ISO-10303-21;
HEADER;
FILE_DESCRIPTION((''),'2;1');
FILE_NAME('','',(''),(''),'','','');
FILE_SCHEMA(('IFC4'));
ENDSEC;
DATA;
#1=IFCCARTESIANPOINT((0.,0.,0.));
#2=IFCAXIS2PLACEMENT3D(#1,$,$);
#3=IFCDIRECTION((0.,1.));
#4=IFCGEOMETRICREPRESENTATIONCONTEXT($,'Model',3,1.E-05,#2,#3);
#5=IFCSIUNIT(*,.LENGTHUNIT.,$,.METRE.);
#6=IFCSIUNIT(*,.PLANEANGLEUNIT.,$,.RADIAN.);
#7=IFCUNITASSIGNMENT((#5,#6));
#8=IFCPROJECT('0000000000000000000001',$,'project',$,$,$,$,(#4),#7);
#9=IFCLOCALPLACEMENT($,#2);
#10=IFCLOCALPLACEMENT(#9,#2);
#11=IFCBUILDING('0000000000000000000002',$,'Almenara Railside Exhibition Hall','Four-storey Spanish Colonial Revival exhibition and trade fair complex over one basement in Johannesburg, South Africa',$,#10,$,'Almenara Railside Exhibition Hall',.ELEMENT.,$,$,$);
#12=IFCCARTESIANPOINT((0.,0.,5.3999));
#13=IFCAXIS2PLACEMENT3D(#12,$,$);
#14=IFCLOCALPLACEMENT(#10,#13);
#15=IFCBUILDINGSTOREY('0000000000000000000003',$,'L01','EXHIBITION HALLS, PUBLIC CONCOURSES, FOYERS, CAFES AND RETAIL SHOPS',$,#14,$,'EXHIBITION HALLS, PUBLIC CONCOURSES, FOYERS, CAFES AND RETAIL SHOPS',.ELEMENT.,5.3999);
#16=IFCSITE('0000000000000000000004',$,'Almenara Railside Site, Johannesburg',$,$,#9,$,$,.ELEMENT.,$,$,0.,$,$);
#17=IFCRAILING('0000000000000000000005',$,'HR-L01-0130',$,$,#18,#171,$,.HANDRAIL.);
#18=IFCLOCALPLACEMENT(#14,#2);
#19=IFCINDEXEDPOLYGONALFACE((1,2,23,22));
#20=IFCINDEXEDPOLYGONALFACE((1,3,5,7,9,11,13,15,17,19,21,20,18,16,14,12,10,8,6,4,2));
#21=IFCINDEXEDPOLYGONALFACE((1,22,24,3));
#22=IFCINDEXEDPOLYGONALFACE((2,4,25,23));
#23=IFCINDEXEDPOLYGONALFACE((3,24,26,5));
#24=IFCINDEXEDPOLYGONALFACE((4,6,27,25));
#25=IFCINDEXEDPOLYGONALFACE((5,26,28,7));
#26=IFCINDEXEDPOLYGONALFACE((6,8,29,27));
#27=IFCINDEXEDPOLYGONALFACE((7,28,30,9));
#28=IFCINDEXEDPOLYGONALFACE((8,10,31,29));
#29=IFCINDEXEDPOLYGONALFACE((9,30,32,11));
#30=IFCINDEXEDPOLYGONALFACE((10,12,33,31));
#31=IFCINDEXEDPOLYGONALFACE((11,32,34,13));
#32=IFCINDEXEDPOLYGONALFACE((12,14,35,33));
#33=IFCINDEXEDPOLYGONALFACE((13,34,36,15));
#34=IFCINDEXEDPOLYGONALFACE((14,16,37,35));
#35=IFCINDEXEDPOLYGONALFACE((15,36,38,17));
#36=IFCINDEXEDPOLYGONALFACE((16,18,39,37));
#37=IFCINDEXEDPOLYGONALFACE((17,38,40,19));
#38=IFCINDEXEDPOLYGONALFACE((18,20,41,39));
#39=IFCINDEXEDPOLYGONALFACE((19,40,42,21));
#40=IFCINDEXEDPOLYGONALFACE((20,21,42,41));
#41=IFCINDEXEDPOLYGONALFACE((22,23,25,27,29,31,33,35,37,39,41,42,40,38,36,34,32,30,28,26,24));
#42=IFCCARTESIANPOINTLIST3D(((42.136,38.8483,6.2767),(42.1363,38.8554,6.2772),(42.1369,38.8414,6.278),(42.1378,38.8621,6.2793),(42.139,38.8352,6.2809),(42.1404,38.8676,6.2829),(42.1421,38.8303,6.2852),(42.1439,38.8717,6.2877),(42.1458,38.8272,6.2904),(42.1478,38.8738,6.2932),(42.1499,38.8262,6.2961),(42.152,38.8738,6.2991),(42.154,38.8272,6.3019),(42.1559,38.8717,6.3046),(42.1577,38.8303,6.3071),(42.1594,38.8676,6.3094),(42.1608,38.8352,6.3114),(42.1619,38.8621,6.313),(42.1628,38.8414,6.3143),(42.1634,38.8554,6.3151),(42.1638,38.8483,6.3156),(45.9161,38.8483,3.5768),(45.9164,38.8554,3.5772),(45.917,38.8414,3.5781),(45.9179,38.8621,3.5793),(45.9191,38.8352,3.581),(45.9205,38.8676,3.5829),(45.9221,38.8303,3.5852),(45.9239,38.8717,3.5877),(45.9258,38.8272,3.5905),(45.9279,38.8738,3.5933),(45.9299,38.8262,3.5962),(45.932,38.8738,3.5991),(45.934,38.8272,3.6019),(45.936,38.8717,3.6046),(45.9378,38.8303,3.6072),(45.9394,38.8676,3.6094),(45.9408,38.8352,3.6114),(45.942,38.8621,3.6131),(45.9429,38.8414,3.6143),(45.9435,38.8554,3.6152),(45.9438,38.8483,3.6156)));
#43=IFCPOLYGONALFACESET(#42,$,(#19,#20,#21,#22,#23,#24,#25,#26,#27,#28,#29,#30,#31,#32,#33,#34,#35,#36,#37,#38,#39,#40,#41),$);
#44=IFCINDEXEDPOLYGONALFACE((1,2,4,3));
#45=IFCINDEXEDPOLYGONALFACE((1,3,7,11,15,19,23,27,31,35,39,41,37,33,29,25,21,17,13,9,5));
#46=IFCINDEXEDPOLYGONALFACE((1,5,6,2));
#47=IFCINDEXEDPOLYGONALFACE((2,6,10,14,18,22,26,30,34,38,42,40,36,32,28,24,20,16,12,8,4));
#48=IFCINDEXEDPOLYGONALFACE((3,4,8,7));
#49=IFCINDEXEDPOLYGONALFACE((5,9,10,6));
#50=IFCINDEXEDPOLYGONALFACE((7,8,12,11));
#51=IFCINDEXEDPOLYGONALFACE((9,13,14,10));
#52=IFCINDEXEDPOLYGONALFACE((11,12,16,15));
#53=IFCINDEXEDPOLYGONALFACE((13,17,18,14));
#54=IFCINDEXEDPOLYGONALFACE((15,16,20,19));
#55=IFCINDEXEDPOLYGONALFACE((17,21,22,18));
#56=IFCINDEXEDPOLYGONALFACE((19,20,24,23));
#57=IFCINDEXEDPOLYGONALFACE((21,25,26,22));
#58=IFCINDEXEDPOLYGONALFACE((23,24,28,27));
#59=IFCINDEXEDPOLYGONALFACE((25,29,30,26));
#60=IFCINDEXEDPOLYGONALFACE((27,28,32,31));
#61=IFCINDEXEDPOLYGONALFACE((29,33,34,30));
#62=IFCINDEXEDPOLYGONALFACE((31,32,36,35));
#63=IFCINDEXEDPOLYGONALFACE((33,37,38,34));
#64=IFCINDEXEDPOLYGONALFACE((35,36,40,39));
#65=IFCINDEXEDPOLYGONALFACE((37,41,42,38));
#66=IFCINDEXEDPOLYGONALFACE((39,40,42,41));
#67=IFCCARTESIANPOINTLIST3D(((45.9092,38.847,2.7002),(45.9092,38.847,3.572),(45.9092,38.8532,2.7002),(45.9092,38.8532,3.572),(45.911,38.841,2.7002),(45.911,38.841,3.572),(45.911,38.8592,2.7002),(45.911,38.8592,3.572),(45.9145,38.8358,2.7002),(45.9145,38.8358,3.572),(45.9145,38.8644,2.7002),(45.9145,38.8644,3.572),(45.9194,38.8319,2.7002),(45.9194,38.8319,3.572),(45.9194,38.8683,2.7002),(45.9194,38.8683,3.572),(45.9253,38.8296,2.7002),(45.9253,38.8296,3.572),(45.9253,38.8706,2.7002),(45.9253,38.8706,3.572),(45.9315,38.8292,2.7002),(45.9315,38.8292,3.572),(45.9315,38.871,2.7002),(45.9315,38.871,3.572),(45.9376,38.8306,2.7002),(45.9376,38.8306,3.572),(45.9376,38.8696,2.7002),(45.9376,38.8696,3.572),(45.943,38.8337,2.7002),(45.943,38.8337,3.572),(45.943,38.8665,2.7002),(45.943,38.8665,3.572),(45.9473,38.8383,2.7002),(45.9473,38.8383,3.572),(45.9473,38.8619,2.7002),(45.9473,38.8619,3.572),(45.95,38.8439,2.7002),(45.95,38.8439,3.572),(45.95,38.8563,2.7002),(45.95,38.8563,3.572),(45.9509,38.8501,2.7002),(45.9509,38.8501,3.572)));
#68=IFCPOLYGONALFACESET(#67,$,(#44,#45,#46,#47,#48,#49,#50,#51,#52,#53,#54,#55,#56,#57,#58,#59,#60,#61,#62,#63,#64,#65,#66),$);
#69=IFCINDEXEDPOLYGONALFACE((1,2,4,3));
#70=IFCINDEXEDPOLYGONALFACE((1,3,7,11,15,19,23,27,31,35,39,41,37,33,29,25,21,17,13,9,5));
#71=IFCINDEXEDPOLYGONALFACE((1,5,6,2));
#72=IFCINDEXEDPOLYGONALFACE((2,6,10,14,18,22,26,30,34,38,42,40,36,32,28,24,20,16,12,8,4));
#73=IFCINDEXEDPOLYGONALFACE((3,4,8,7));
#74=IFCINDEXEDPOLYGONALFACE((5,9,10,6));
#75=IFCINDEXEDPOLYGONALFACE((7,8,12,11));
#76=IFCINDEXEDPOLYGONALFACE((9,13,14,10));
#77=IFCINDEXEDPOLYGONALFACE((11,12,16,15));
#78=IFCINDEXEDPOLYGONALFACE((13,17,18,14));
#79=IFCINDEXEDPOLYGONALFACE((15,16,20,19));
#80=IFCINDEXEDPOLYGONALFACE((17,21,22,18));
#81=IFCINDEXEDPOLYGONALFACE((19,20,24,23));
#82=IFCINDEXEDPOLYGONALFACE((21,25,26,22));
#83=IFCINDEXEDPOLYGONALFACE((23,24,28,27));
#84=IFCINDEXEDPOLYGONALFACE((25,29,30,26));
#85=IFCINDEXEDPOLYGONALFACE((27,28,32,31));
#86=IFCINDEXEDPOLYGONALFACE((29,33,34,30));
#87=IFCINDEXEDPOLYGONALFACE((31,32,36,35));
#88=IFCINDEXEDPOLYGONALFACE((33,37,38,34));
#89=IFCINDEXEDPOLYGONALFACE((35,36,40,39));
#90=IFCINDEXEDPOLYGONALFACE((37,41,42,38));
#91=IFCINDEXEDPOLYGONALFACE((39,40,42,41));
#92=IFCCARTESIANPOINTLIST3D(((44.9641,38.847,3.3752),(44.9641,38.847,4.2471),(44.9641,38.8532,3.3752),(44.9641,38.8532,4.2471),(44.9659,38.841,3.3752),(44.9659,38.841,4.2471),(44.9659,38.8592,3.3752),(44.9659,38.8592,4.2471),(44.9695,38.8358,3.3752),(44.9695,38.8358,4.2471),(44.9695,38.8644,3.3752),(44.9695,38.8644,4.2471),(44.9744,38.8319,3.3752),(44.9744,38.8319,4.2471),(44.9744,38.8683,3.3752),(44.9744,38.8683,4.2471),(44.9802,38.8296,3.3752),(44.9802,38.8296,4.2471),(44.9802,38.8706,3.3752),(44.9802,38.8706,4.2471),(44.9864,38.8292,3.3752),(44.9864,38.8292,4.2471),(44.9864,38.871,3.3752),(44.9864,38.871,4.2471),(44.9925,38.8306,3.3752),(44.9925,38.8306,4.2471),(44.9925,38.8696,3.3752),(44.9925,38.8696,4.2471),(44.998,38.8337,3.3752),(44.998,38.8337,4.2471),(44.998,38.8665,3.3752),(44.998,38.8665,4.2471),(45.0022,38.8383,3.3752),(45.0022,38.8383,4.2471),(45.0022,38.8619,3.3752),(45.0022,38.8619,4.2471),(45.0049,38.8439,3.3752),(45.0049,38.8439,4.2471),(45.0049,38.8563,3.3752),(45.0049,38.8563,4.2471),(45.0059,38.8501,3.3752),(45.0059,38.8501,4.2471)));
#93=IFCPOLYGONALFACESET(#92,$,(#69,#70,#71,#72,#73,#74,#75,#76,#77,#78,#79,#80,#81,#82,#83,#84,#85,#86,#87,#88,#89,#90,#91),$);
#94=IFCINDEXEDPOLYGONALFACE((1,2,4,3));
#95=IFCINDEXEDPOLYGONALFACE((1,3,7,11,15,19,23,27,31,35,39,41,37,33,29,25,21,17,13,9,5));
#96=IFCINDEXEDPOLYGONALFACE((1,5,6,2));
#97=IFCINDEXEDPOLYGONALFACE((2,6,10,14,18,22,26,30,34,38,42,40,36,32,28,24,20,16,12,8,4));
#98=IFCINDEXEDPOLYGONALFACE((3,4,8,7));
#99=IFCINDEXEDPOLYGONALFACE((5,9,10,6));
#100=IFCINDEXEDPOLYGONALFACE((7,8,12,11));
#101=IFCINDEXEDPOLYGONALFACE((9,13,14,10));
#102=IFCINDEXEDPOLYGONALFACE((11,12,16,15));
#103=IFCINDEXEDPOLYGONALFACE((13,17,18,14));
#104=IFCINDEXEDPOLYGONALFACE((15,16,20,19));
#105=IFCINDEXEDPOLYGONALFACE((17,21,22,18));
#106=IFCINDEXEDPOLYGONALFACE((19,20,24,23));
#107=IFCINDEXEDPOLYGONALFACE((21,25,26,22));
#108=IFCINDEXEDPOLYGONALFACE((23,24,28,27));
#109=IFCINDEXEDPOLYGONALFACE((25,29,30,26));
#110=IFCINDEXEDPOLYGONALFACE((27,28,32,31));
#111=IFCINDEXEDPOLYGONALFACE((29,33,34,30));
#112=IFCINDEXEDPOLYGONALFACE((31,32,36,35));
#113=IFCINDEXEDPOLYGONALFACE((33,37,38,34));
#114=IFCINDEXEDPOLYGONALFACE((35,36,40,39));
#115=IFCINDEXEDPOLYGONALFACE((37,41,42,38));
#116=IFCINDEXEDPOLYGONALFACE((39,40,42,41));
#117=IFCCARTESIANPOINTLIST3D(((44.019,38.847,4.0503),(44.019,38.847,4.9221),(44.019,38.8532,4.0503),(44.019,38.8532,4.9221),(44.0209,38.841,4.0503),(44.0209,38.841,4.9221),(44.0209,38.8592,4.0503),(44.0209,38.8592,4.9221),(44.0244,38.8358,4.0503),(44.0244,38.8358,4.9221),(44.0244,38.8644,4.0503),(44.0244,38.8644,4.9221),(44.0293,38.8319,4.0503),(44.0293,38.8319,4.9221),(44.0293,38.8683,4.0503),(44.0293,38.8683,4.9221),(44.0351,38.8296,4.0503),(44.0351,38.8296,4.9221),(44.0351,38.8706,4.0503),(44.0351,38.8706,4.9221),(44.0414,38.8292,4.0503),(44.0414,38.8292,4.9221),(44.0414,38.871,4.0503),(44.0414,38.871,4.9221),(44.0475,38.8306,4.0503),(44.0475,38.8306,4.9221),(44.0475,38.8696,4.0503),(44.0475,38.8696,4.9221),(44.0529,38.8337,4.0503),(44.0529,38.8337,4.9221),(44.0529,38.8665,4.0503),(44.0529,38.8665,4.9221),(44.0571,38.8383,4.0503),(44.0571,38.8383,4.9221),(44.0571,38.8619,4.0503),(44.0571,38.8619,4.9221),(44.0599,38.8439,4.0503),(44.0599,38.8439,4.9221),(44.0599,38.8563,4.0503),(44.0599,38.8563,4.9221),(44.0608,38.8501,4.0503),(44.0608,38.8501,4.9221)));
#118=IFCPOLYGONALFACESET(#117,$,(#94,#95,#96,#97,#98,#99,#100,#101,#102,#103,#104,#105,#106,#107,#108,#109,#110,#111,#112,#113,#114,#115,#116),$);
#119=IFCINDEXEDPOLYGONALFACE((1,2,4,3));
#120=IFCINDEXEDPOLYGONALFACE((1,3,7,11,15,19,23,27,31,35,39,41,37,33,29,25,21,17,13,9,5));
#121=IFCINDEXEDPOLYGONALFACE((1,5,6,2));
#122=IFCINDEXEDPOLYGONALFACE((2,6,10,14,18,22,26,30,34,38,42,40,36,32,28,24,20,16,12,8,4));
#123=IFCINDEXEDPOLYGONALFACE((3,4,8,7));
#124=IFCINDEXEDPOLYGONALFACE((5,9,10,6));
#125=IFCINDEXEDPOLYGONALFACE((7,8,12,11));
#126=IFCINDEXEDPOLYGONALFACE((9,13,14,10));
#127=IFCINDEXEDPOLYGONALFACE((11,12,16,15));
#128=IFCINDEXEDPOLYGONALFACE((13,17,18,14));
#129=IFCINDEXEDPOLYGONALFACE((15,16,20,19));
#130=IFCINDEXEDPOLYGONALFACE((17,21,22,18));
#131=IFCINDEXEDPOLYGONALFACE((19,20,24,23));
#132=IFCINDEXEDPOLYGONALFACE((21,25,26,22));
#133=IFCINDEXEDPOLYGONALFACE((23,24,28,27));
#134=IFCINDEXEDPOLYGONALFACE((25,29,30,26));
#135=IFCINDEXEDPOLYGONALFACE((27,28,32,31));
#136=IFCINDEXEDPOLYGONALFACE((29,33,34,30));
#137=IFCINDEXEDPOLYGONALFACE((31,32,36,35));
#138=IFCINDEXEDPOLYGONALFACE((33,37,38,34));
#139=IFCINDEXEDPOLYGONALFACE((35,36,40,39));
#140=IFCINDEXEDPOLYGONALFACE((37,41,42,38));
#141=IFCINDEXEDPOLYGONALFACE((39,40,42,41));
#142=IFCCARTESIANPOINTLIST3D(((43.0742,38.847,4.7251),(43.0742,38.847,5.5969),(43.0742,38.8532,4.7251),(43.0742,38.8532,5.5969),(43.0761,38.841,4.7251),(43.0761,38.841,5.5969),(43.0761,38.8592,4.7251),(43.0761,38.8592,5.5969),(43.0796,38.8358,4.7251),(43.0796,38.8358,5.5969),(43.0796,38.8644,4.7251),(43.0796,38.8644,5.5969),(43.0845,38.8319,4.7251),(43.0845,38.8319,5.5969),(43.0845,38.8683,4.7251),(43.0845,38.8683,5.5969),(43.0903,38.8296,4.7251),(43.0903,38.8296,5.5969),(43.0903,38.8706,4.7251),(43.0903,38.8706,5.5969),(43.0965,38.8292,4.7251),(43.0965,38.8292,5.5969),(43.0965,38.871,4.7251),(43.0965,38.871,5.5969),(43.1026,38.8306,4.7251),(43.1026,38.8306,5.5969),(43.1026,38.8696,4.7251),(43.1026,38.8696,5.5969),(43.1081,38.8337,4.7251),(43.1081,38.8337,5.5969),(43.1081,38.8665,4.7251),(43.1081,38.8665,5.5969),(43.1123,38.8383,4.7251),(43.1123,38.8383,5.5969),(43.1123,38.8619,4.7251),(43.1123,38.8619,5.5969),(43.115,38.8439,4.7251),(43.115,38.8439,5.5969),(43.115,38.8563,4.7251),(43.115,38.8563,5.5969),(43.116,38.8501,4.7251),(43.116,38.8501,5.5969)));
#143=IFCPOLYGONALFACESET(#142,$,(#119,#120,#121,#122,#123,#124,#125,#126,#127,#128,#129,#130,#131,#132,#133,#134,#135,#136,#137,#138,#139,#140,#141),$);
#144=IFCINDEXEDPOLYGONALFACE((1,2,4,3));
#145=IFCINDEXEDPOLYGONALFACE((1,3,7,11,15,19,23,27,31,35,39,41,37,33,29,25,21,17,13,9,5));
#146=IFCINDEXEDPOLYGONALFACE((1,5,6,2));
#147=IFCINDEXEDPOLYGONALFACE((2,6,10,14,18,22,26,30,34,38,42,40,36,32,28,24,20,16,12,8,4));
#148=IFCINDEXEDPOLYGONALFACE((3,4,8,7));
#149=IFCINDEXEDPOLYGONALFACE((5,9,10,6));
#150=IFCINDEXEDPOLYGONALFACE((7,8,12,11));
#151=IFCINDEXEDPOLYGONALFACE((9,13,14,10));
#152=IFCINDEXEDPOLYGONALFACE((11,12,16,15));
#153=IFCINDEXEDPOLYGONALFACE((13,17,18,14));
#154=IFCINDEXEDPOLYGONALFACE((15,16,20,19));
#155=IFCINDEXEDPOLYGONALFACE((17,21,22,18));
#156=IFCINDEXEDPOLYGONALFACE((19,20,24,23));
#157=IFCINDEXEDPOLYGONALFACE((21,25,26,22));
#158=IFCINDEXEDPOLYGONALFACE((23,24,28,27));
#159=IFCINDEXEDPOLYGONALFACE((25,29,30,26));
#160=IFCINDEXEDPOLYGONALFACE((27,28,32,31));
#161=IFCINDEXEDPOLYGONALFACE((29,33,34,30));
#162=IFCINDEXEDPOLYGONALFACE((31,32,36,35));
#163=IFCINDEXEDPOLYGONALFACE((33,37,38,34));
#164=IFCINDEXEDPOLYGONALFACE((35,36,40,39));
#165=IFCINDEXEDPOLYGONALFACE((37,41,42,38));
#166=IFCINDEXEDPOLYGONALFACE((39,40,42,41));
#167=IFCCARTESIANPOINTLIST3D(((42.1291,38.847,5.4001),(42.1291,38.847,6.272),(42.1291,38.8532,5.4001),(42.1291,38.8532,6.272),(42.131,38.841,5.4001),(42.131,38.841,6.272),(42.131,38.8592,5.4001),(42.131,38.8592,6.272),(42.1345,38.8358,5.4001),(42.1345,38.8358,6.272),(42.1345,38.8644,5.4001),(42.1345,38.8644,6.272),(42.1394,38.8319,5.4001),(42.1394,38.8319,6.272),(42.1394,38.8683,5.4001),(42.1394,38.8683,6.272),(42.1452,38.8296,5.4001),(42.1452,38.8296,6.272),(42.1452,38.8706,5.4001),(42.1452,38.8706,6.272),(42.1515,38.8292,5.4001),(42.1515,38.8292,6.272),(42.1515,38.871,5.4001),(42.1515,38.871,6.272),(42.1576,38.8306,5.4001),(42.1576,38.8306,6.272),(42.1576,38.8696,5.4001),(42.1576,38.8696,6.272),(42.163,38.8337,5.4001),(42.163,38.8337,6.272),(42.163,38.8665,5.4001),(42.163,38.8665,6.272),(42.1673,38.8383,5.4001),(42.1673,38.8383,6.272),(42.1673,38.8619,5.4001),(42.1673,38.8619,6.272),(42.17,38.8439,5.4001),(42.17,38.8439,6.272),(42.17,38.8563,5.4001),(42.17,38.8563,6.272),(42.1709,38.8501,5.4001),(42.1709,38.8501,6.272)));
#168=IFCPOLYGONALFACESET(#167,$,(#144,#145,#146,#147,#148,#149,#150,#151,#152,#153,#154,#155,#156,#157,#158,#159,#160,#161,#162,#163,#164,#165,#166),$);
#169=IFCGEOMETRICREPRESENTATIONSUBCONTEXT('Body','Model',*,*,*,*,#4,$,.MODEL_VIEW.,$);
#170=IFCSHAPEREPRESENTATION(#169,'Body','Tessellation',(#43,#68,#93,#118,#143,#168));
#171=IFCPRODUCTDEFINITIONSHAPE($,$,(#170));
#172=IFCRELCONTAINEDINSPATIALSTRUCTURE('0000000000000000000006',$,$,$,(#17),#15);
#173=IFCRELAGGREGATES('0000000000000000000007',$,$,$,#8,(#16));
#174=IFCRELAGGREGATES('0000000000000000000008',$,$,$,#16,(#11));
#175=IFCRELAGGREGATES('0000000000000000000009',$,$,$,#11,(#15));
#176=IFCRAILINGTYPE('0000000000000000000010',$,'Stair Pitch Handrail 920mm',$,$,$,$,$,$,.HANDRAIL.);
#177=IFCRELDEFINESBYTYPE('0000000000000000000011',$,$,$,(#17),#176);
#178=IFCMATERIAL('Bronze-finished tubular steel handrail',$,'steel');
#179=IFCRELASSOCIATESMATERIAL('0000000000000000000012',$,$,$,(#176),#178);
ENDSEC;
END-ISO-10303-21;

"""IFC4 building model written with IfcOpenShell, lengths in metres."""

from ifc_helpers import new_model, si_unit, direction, frame, origin, origin_2d, place, context, subcontext, project, spatial, circle, extrude, material, type_object, element, save


model = new_model("IFC4")

# Units and contexts
model_context = context("Model", 3, precision=1e-05, world=origin(), true_north=direction((0.0, 1.0)))
body_context = subcontext(model_context, "Body", "Model", "MODEL_VIEW")
ifc_project = project(units=[si_unit("LENGTHUNIT", "METRE"), si_unit("PLANEANGLEUNIT", "RADIAN")], contexts=[model_context])

# Site, building, storey
site_placement = place(None, origin())
site = spatial("IfcSite", under=ifc_project, at=site_placement, Name="Almenara Railside Site, Johannesburg", CompositionType="ELEMENT", RefElevation=0.0)
building_placement = place(site_placement, origin())
building = spatial("IfcBuilding", under=site, at=building_placement, Name="Almenara Railside Exhibition Hall", Description="Four-storey Spanish Colonial Revival exhibition and trade fair complex over one basement in Johannesburg, South Africa", LongName="Almenara Railside Exhibition Hall", CompositionType="ELEMENT")
storey_placement = place(building_placement, frame((0.0, 0.0, 5.3999)))
storey = spatial("IfcBuildingStorey", under=building, at=storey_placement, Name="L01", Description="EXHIBITION HALLS, PUBLIC CONCOURSES, FOYERS, CAFES AND RETAIL SHOPS", LongName="EXHIBITION HALLS, PUBLIC CONCOURSES, FOYERS, CAFES AND RETAIL SHOPS", CompositionType="ELEMENT", Elevation=5.3999)

# Railing
ifc_material_1 = material(Name="Bronze-finished tubular steel handrail", Category="steel")
railing_type_1 = type_object("IfcRailingType", Name="Stair Pitch Handrail 920mm", PredefinedType="HANDRAIL", material=ifc_material_1)
railing_1_placement = place(storey_placement, frame((45.9299, 38.8501, 2.7002)))
element("IfcRailing", 1, at=railing_1_placement, inside=storey, type_object=railing_type_1, Name="HR-L01-0130", PredefinedType="HANDRAIL", context=body_context, shape_type="SweptSolid", body=[
    extrude(circle(Radius=0.0239, at=origin_2d()), frame((0.0, 0.0, 0.896), z_axis=(-0.813741, 0.0, 0.581228), x_axis=(0.0, -1.0, 0.0)), (0.0, 0.0, 1.0), 4.6453),
    extrude(circle(Radius=0.021, at=origin_2d()), origin(), (0.0, 0.0, 1.0), 0.8718),
    extrude(circle(Radius=0.021, at=origin_2d()), frame((-0.9451, 0.0, 0.675)), (0.0, 0.0, 1.0), 0.8718),
    extrude(circle(Radius=0.021, at=origin_2d()), frame((-1.8901, 0.0, 1.3501)), (0.0, 0.0, 1.0), 0.8718),
    extrude(circle(Radius=0.021, at=origin_2d()), frame((-2.835, 0.0, 2.0249)), (0.0, 0.0, 1.0), 0.8718),
    extrude(circle(Radius=0.021, at=origin_2d()), frame((-3.78, 0.0, 2.7)), (0.0, 0.0, 1.0), 0.8718),
])

save(model, "model.ifc")
